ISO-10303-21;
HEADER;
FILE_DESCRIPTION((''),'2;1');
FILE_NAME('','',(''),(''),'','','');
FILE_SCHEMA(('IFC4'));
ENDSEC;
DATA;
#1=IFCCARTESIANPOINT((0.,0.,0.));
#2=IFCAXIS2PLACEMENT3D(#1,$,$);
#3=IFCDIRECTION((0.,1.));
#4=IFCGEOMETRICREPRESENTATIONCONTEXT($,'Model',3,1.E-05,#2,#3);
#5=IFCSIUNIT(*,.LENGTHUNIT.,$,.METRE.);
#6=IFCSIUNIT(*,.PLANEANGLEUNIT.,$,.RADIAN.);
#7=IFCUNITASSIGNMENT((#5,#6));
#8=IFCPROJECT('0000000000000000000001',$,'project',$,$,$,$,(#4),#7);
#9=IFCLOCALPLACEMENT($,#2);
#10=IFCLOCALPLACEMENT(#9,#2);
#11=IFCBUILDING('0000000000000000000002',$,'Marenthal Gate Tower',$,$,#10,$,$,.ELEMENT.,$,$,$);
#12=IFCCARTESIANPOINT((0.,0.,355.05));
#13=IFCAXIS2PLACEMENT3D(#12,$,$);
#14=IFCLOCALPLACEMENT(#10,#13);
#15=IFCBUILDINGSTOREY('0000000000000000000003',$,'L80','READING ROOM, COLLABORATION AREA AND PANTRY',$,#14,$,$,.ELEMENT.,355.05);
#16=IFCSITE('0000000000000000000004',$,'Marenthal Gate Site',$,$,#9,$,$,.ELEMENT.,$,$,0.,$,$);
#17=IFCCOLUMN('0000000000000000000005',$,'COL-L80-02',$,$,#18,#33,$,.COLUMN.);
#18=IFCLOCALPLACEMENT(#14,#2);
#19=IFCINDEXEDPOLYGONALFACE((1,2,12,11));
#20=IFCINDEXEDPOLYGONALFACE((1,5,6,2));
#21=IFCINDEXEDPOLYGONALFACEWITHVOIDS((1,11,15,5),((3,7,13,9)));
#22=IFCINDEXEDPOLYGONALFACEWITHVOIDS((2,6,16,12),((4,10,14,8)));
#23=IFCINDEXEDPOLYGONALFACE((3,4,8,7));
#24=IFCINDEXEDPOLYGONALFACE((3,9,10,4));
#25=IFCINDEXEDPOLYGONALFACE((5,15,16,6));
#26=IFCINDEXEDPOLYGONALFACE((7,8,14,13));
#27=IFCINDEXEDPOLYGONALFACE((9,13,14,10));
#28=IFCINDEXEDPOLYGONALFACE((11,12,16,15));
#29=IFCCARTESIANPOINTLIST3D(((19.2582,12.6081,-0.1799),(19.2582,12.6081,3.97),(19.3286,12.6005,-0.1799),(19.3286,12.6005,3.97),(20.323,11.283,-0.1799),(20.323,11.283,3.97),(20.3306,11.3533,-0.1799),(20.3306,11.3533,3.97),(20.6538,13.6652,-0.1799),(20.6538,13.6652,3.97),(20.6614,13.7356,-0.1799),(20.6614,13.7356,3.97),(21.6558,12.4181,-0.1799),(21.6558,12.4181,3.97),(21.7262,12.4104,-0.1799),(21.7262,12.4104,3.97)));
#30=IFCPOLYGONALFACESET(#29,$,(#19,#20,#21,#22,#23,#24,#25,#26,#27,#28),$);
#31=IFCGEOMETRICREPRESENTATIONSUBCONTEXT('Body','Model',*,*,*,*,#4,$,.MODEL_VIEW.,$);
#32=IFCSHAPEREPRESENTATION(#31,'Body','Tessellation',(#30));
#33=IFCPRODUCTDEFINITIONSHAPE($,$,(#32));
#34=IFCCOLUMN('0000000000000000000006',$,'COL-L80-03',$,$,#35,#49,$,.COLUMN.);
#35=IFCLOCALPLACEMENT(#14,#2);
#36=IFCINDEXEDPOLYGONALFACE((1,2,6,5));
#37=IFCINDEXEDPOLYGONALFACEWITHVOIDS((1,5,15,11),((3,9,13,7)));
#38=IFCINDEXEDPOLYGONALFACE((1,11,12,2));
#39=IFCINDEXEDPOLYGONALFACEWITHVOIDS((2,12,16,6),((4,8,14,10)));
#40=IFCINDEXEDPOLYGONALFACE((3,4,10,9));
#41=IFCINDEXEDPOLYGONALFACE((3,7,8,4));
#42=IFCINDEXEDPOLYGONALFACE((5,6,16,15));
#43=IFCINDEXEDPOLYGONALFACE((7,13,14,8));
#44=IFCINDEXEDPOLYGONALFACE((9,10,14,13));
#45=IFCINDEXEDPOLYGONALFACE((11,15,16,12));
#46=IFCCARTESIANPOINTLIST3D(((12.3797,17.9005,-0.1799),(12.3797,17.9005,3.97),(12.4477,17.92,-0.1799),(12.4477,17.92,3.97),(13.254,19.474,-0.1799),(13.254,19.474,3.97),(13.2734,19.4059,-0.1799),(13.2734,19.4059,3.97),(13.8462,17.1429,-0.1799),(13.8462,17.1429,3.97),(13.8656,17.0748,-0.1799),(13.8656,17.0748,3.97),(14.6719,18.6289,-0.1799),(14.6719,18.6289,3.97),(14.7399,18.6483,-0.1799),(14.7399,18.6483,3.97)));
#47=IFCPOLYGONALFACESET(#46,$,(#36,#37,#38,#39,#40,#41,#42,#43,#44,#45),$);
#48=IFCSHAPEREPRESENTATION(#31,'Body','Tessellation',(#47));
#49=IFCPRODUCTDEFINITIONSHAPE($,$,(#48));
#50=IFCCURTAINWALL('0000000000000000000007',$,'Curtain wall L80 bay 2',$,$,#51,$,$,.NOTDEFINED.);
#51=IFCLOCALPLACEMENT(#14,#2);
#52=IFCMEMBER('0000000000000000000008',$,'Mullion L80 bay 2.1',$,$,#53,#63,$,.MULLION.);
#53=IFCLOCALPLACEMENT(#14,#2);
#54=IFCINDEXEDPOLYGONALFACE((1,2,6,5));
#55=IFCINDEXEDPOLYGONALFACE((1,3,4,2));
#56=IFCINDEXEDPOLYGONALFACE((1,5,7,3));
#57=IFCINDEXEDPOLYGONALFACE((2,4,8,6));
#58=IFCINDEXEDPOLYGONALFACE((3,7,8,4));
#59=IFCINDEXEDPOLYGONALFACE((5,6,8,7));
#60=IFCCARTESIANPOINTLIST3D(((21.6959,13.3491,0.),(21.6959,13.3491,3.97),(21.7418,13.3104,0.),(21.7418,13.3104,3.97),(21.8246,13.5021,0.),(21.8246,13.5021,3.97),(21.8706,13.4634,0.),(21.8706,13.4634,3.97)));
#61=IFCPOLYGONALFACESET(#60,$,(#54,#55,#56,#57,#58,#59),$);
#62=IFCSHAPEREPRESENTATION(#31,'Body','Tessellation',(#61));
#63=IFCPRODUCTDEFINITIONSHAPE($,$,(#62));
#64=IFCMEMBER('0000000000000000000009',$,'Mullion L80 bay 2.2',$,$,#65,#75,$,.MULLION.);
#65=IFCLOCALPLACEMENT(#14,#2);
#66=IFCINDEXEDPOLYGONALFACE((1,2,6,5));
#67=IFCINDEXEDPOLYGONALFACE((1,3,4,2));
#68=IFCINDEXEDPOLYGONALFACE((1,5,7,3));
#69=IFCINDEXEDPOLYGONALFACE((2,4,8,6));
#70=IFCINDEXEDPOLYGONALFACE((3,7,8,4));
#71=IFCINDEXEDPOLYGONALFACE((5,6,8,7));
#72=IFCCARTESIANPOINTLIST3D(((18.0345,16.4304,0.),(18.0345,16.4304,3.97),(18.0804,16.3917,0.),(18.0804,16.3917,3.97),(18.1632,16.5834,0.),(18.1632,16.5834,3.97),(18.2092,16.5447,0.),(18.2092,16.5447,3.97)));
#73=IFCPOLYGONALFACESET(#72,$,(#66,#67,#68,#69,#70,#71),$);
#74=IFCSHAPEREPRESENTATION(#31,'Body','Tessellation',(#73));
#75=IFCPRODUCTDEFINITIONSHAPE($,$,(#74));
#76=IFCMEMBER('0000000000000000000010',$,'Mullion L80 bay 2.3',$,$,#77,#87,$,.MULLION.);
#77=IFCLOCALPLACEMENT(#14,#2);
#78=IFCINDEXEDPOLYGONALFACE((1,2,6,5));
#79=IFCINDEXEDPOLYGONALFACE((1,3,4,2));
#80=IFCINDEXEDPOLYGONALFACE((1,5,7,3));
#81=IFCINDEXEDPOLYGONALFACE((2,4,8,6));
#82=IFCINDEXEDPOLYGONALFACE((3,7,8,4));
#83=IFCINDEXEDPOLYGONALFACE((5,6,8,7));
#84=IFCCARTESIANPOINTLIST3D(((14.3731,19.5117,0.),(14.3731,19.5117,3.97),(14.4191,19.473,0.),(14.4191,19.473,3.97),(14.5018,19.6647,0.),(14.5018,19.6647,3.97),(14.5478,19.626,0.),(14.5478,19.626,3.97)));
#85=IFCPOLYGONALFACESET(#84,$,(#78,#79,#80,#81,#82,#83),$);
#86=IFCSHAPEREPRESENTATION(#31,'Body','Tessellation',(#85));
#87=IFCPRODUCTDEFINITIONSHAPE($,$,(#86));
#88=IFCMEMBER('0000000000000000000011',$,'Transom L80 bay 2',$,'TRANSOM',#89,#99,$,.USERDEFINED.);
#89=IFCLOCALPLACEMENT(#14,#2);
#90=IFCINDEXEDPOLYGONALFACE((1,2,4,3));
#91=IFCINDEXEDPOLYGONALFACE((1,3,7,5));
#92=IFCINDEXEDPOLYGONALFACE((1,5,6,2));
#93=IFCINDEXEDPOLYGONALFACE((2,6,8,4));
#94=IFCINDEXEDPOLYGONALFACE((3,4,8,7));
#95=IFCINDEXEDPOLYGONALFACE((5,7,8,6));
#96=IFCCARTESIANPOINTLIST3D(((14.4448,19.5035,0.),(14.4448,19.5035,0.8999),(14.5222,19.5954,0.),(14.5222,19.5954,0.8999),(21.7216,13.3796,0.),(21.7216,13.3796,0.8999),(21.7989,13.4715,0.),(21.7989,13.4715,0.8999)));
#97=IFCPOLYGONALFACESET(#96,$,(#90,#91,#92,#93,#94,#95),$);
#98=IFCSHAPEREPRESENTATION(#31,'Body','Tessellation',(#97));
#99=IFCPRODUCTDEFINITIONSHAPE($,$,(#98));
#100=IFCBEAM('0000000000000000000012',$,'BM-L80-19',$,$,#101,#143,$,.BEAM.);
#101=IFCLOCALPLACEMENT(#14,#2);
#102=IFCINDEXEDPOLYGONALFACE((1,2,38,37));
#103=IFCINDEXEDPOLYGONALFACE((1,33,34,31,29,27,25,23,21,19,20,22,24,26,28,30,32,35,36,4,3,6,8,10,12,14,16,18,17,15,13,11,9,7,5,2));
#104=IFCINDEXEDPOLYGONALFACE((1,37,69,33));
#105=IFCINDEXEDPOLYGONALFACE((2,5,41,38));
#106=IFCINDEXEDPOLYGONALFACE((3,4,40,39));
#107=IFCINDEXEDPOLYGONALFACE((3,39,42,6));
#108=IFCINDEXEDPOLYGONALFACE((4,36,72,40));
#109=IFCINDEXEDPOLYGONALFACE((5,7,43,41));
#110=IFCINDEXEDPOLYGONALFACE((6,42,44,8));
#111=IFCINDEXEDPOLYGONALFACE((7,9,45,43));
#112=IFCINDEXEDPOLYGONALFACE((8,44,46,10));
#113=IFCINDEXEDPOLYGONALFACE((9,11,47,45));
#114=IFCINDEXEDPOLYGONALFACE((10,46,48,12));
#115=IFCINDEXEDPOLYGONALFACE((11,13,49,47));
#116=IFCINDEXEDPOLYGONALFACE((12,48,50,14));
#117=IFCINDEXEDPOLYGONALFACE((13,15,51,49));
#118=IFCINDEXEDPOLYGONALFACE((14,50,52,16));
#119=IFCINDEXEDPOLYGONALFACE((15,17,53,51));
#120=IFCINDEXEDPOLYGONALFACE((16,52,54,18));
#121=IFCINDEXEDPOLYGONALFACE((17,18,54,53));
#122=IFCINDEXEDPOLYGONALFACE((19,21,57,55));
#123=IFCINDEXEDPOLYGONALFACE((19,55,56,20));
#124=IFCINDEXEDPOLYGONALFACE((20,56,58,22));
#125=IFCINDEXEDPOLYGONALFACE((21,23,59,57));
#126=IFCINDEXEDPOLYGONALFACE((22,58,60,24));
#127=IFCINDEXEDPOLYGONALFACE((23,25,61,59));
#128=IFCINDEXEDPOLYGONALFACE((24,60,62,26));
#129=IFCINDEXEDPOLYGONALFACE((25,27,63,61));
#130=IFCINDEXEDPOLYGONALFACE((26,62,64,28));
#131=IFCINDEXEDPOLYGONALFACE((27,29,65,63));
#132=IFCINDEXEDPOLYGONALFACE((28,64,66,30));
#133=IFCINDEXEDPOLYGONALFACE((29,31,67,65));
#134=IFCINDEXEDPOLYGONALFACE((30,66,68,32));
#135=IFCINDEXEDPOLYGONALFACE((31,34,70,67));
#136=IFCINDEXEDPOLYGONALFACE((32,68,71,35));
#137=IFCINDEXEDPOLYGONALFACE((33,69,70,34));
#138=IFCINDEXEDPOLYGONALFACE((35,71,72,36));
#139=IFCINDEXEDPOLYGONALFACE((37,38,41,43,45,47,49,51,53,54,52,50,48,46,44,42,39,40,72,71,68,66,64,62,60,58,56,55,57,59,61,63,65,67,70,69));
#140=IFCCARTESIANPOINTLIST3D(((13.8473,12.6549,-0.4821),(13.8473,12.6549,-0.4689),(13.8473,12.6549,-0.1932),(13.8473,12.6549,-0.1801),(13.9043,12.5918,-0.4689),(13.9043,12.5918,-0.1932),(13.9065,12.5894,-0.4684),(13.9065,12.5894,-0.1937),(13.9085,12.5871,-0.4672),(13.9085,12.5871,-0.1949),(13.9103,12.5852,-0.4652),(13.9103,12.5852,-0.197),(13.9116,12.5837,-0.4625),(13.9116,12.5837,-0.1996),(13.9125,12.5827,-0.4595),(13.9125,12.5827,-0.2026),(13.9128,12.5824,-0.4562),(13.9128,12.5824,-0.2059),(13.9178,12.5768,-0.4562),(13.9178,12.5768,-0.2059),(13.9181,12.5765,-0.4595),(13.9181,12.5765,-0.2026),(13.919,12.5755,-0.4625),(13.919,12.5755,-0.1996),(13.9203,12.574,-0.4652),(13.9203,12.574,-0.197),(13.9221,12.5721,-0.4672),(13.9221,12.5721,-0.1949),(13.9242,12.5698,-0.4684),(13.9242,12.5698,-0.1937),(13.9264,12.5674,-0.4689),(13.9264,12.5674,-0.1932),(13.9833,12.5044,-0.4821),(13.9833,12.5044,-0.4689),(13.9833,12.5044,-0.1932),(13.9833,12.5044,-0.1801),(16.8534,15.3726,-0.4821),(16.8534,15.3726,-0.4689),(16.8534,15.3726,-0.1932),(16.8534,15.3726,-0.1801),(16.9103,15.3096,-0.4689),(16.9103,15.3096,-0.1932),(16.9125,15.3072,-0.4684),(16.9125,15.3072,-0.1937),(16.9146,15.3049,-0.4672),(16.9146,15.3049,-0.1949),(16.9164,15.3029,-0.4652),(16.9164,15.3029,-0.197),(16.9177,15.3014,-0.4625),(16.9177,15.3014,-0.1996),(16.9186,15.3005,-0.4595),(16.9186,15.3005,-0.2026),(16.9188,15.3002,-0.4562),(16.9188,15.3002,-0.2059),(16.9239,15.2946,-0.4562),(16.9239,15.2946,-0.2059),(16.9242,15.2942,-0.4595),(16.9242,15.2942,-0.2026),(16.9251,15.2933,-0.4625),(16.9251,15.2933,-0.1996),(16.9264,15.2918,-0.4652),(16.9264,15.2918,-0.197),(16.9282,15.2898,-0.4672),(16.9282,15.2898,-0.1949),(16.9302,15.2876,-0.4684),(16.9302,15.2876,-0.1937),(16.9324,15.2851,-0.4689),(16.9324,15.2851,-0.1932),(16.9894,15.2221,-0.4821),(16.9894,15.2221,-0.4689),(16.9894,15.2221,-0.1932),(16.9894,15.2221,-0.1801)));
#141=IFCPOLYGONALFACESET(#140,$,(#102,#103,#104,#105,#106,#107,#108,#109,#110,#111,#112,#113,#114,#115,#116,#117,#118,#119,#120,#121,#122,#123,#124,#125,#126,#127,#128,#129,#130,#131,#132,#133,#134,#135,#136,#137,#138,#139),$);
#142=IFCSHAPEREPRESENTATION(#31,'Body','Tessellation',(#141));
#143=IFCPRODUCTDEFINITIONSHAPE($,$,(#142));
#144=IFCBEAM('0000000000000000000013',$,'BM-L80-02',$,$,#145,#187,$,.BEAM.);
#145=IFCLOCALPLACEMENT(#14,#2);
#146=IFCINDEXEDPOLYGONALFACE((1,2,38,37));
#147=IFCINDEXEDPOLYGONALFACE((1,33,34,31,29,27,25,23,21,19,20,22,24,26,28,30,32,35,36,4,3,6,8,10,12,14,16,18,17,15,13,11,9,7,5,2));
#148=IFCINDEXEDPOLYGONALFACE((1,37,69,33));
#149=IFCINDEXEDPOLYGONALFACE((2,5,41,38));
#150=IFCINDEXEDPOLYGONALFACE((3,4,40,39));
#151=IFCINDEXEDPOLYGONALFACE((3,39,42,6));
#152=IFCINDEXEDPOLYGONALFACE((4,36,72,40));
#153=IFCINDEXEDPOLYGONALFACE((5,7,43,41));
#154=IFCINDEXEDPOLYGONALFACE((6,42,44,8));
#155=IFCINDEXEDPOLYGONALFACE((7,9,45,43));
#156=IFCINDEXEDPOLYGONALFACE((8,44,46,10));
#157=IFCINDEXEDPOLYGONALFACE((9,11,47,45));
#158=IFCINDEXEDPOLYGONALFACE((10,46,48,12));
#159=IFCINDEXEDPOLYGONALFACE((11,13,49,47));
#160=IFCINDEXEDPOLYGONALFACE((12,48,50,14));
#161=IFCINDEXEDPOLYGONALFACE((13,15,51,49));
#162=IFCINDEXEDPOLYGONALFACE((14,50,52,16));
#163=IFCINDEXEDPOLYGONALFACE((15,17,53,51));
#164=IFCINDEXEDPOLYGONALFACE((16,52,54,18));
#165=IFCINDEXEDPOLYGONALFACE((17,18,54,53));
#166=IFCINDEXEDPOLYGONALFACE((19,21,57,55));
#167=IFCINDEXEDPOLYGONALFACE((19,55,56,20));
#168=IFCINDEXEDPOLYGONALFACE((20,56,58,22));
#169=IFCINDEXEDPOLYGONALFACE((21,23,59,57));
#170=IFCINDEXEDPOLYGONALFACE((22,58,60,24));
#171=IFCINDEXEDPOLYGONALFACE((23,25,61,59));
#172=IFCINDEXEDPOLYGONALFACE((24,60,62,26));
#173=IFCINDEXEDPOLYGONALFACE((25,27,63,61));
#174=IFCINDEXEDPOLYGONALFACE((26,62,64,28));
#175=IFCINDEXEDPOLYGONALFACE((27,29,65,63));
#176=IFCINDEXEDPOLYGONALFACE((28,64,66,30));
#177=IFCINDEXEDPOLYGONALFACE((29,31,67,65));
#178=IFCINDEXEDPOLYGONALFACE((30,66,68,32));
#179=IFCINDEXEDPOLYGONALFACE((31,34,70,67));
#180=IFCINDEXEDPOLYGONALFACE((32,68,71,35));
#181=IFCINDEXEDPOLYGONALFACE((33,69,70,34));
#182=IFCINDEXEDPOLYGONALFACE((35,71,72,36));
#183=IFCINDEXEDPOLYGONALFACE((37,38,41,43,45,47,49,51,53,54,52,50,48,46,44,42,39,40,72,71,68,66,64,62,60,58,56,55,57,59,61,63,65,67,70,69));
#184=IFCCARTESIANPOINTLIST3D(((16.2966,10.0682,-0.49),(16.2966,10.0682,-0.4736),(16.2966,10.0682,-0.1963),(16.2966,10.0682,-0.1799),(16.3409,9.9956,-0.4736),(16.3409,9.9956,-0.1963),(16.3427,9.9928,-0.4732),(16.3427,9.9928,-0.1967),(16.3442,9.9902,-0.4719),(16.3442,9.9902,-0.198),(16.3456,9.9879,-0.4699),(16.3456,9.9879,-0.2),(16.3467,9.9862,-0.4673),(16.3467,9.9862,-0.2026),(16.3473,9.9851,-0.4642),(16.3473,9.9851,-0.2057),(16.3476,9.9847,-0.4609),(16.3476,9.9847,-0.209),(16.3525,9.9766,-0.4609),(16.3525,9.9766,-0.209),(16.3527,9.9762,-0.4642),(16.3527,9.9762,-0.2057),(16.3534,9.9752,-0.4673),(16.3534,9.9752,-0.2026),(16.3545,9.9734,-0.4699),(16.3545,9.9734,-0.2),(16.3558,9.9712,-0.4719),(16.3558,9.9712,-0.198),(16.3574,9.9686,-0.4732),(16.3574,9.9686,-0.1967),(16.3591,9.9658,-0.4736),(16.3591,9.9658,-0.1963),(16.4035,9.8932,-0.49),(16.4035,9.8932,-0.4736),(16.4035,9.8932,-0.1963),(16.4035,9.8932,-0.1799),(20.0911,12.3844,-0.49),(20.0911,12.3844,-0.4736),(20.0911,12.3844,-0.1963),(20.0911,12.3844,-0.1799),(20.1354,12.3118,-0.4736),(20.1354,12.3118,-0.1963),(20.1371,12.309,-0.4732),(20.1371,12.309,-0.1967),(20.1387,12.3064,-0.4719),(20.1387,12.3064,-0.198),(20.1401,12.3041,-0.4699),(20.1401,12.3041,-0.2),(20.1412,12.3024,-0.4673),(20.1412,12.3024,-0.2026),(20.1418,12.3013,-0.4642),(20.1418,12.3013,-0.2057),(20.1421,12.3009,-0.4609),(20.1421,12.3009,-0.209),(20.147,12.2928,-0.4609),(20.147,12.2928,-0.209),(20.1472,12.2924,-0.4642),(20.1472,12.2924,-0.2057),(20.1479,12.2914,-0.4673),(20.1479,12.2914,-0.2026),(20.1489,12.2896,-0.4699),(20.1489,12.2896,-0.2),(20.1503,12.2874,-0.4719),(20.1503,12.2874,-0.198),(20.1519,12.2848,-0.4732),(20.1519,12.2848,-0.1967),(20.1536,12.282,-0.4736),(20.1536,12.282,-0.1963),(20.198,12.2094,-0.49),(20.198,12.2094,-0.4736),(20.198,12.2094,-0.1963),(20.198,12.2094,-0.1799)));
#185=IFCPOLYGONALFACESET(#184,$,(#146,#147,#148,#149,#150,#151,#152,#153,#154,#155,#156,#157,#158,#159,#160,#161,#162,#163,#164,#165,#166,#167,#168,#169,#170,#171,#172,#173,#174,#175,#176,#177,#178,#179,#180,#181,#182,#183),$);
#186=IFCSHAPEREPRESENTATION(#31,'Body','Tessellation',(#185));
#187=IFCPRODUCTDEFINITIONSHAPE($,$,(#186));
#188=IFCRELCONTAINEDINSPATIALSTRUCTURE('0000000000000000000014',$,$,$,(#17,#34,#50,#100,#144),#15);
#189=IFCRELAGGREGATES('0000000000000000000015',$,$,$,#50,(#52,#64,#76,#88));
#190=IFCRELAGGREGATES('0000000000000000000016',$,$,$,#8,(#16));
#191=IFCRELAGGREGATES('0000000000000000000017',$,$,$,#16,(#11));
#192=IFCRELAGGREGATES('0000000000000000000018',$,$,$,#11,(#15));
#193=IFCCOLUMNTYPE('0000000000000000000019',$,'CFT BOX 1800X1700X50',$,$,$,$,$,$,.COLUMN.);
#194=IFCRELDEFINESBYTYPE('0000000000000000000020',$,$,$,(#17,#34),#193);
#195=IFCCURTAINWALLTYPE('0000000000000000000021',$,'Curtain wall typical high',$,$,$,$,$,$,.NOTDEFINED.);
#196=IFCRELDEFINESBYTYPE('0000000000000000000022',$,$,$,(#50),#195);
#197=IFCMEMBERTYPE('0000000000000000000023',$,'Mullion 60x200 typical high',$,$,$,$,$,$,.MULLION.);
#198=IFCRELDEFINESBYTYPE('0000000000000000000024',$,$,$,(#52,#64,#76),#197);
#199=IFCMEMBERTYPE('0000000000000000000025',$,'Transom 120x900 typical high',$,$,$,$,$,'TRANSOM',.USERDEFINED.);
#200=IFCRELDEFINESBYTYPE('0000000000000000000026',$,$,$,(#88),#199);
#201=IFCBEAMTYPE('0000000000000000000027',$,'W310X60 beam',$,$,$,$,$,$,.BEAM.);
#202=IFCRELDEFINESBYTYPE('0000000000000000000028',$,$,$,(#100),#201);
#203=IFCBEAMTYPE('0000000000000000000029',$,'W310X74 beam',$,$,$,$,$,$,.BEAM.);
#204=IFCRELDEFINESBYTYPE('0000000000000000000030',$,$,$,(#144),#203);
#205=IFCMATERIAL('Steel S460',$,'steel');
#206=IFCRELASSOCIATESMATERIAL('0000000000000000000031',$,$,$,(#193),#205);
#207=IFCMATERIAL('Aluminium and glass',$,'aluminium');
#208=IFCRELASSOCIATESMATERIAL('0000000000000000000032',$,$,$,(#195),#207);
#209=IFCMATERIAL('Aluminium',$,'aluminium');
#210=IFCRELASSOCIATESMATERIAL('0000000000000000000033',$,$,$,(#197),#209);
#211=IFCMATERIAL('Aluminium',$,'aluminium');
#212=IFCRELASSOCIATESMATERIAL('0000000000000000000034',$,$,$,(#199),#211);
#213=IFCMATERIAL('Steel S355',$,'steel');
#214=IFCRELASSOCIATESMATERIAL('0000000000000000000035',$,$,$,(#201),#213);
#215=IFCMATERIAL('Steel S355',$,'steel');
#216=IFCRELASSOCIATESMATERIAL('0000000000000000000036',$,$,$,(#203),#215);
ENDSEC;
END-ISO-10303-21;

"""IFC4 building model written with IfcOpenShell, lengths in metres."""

from ifc_helpers import new_model, si_unit, direction, frame, origin, origin_2d, place, context, subcontext, project, spatial, rectangle, hollow_rectangle, i_section, extrude, material, material_profile, profile_set, type_object, element, aggregate, save


model = new_model("IFC4")

# Units and contexts
model_context = context("Model", 3, precision=1e-05, world=origin(), true_north=direction((0.0, 1.0)))
body_context = subcontext(model_context, "Body", "Model", "MODEL_VIEW")
ifc_project = project(units=[si_unit("LENGTHUNIT", "METRE"), si_unit("PLANEANGLEUNIT", "RADIAN")], contexts=[model_context])

# Site, building, storey
site_placement = place(None, origin())
site = spatial("IfcSite", under=ifc_project, at=site_placement, Name="Marenthal Gate Site", CompositionType="ELEMENT", RefElevation=0.0)
building_placement = place(site_placement, origin())
building = spatial("IfcBuilding", under=site, at=building_placement, Name="Marenthal Gate Tower", CompositionType="ELEMENT")
storey_placement = place(building_placement, frame((0.0, 0.0, 355.05)))
storey = spatial("IfcBuildingStorey", under=building, at=storey_placement, Name="L80", Description="READING ROOM, COLLABORATION AREA AND PANTRY", CompositionType="ELEMENT", Elevation=355.05)

# Columns
ifc_material_1 = material(Name="Steel S460", Category="steel")
ifc_material_profile_1 = material_profile(ifc_material_1, hollow_rectangle(XDim=1.7, YDim=1.8, WallThickness=0.05, at=origin_2d()), Name="CFT BOX 1800X1700X50")
ifc_material_2 = material(Name="Concrete 70 MPa", Category="concrete")
ifc_material_profile_2 = material_profile(ifc_material_2, rectangle(XDim=1.6001, YDim=1.7, at=origin_2d()), Name="CFT BOX 1800X1700X50 INFILL")
ifc_profile_set_1 = profile_set([ifc_material_profile_1, ifc_material_profile_2], Name="Steel S460 shell, Concrete 70 MPa infill")
column_type = type_object("IfcColumnType", Name="CFT BOX 1800X1700X50", PredefinedType="COLUMN", material=ifc_profile_set_1)
for number, where, z_axis, x_axis, name in (
    (1, (20.4922, 12.5093, -0.1799), (0.0, 0.0, 1.0), (0.626344, -0.779547, 0.0), "COL-L80-02"),
    (2, (13.5598, 18.2744, -0.1799), (0.0, 0.0, 1.0), (0.874116, -0.485718, 0.0), "COL-L80-03"),
):
    element("IfcColumn", number, at=place(storey_placement, frame(where, z_axis=z_axis, x_axis=x_axis)), inside=storey, type_object=column_type, Name=name, PredefinedType="COLUMN", context=body_context, shape_type="SweptSolid", body=[
        extrude(hollow_rectangle(XDim=1.7, YDim=1.8, WallThickness=0.05, at=origin_2d()), origin(), (0.0, 0.0, 1.0), 4.1499),
    ])

# Curtain wall, members
ifc_material_3 = material(Name="Aluminium and glass", Category="aluminium")
curtain_wall_type = type_object("IfcCurtainWallType", Name="Curtain wall typical high", PredefinedType="NOTDEFINED", material=ifc_material_3)
curtain_wall_placement = place(storey_placement, origin())
curtain_wall = element("IfcCurtainWall", 3, at=curtain_wall_placement, inside=storey, type_object=curtain_wall_type, Name="Curtain wall L80 bay 2", PredefinedType="NOTDEFINED")
ifc_material_4 = material(Name="Aluminium", Category="aluminium")
ifc_material_profile_3 = material_profile(ifc_material_4, rectangle(XDim=0.2, YDim=0.0601, at=origin_2d()), Name="60x200 aluminium mullion")
ifc_profile_set_2 = profile_set([ifc_material_profile_3], Name="Aluminium")
member_type_1 = type_object("IfcMemberType", Name="Mullion 60x200 typical high", PredefinedType="MULLION", material=ifc_profile_set_2)
member_1_placement = place(storey_placement, frame((21.7832, 13.4062, 0.0), z_axis=(0.0, 0.0, 1.0), x_axis=(-0.643896, -0.765113, 0.0)))
member_1 = element("IfcMember", 4, at=member_1_placement, type_object=member_type_1, Name="Mullion L80 bay 2.1", PredefinedType="MULLION", context=body_context, shape_type="SweptSolid", body=[
    extrude(rectangle(XDim=0.2, YDim=0.0601, at=origin_2d()), origin(), (0.0, 0.0, 1.0), 3.97),
])
member_2_placement = place(storey_placement, frame((18.1218, 16.4875, 0.0), z_axis=(0.0, 0.0, 1.0), x_axis=(-0.643896, -0.765113, 0.0)))
member_2 = element("IfcMember", 5, at=member_2_placement, type_object=member_type_1, Name="Mullion L80 bay 2.2", PredefinedType="MULLION", context=body_context, shape_type="SweptSolid", body=[
    extrude(rectangle(XDim=0.2, YDim=0.0601, at=origin_2d()), origin(), (0.0, 0.0, 1.0), 3.97),
])
member_3_placement = place(storey_placement, frame((14.4604, 19.5688, 0.0), z_axis=(0.0, 0.0, 1.0), x_axis=(-0.643896, -0.765113, 0.0)))
member_3 = element("IfcMember", 6, at=member_3_placement, type_object=member_type_1, Name="Mullion L80 bay 2.3", PredefinedType="MULLION", context=body_context, shape_type="SweptSolid", body=[
    extrude(rectangle(XDim=0.2, YDim=0.0601, at=origin_2d()), origin(), (0.0, 0.0, 1.0), 3.97),
])
ifc_material_5 = material(Name="Aluminium", Category="aluminium")
ifc_material_profile_4 = material_profile(ifc_material_5, rectangle(XDim=0.1201, YDim=0.8999, at=origin_2d()), Name="120x900 aluminium transom")
ifc_profile_set_3 = profile_set([ifc_material_profile_4], Name="Aluminium")
member_type_2 = type_object("IfcMemberType", Name="Transom 120x900 typical high", ElementType="TRANSOM", PredefinedType="USERDEFINED", material=ifc_profile_set_3)
member_4_placement = place(storey_placement, frame((21.7603, 13.4255, 0.45), z_axis=(-0.765111, 0.643899, 0.0), x_axis=(-0.643899, -0.765111, 0.0)))
member_4 = element("IfcMember", 7, at=member_4_placement, type_object=member_type_2, Name="Transom L80 bay 2", ObjectType="TRANSOM", PredefinedType="USERDEFINED", context=body_context, shape_type="SweptSolid", body=[
    extrude(rectangle(XDim=0.1201, YDim=0.8999, at=origin_2d()), origin(), (0.0, 0.0, 1.0), 9.5107),
])

# Beams
ifc_material_6 = material(Name="Steel S355", Category="steel")
ifc_material_profile_5 = material_profile(ifc_material_6, i_section(OverallWidth=0.2029, OverallDepth=0.302, WebThickness=0.0076, FlangeThickness=0.0132, FilletRadius=0.0127, at=origin_2d()), Name="W310X60")
ifc_profile_set_4 = profile_set([ifc_material_profile_5], Name="Steel S355")
beam_type_1 = type_object("IfcBeamType", Name="W310X60 beam", PredefinedType="BEAM", material=ifc_profile_set_4)
beam_1_placement = place(storey_placement, frame((16.9214, 15.2974, -0.3311), z_axis=(-0.741785, -0.670637, 0.0), x_axis=(0.670637, -0.741785, 0.0)))
element("IfcBeam", 8, at=beam_1_placement, inside=storey, type_object=beam_type_1, Name="BM-L80-19", PredefinedType="BEAM", context=body_context, shape_type="SweptSolid", body=[
    extrude(i_section(OverallWidth=0.2029, OverallDepth=0.302, WebThickness=0.0076, FlangeThickness=0.0132, FilletRadius=0.0127, at=origin_2d()), origin(), (0.0, 0.0, 1.0), 4.0525),
])
ifc_material_7 = material(Name="Steel S355", Category="steel")
ifc_material_profile_6 = material_profile(ifc_material_7, i_section(OverallWidth=0.2051, OverallDepth=0.3101, WebThickness=0.0095, FlangeThickness=0.0164, FilletRadius=0.0127, at=origin_2d()), Name="W310X74")
ifc_profile_set_5 = profile_set([ifc_material_profile_6], Name="Steel S355")
beam_type_2 = type_object("IfcBeamType", Name="W310X74 beam", PredefinedType="BEAM", material=ifc_profile_set_5)
beam_2_placement = place(storey_placement, frame((20.1445, 12.2969, -0.335), z_axis=(-0.853548, -0.521015, 0.0), x_axis=(0.521015, -0.853548, 0.0)))
element("IfcBeam", 9, at=beam_2_placement, inside=storey, type_object=beam_type_2, Name="BM-L80-02", PredefinedType="BEAM", context=body_context, shape_type="SweptSolid", body=[
    extrude(i_section(OverallWidth=0.2051, OverallDepth=0.3101, WebThickness=0.0095, FlangeThickness=0.0164, FilletRadius=0.0127, at=origin_2d()), origin(), (0.0, 0.0, 1.0), 4.4456),
])

aggregate(curtain_wall, [member_1, member_2, member_3, member_4])

save(model, "model.ifc")
